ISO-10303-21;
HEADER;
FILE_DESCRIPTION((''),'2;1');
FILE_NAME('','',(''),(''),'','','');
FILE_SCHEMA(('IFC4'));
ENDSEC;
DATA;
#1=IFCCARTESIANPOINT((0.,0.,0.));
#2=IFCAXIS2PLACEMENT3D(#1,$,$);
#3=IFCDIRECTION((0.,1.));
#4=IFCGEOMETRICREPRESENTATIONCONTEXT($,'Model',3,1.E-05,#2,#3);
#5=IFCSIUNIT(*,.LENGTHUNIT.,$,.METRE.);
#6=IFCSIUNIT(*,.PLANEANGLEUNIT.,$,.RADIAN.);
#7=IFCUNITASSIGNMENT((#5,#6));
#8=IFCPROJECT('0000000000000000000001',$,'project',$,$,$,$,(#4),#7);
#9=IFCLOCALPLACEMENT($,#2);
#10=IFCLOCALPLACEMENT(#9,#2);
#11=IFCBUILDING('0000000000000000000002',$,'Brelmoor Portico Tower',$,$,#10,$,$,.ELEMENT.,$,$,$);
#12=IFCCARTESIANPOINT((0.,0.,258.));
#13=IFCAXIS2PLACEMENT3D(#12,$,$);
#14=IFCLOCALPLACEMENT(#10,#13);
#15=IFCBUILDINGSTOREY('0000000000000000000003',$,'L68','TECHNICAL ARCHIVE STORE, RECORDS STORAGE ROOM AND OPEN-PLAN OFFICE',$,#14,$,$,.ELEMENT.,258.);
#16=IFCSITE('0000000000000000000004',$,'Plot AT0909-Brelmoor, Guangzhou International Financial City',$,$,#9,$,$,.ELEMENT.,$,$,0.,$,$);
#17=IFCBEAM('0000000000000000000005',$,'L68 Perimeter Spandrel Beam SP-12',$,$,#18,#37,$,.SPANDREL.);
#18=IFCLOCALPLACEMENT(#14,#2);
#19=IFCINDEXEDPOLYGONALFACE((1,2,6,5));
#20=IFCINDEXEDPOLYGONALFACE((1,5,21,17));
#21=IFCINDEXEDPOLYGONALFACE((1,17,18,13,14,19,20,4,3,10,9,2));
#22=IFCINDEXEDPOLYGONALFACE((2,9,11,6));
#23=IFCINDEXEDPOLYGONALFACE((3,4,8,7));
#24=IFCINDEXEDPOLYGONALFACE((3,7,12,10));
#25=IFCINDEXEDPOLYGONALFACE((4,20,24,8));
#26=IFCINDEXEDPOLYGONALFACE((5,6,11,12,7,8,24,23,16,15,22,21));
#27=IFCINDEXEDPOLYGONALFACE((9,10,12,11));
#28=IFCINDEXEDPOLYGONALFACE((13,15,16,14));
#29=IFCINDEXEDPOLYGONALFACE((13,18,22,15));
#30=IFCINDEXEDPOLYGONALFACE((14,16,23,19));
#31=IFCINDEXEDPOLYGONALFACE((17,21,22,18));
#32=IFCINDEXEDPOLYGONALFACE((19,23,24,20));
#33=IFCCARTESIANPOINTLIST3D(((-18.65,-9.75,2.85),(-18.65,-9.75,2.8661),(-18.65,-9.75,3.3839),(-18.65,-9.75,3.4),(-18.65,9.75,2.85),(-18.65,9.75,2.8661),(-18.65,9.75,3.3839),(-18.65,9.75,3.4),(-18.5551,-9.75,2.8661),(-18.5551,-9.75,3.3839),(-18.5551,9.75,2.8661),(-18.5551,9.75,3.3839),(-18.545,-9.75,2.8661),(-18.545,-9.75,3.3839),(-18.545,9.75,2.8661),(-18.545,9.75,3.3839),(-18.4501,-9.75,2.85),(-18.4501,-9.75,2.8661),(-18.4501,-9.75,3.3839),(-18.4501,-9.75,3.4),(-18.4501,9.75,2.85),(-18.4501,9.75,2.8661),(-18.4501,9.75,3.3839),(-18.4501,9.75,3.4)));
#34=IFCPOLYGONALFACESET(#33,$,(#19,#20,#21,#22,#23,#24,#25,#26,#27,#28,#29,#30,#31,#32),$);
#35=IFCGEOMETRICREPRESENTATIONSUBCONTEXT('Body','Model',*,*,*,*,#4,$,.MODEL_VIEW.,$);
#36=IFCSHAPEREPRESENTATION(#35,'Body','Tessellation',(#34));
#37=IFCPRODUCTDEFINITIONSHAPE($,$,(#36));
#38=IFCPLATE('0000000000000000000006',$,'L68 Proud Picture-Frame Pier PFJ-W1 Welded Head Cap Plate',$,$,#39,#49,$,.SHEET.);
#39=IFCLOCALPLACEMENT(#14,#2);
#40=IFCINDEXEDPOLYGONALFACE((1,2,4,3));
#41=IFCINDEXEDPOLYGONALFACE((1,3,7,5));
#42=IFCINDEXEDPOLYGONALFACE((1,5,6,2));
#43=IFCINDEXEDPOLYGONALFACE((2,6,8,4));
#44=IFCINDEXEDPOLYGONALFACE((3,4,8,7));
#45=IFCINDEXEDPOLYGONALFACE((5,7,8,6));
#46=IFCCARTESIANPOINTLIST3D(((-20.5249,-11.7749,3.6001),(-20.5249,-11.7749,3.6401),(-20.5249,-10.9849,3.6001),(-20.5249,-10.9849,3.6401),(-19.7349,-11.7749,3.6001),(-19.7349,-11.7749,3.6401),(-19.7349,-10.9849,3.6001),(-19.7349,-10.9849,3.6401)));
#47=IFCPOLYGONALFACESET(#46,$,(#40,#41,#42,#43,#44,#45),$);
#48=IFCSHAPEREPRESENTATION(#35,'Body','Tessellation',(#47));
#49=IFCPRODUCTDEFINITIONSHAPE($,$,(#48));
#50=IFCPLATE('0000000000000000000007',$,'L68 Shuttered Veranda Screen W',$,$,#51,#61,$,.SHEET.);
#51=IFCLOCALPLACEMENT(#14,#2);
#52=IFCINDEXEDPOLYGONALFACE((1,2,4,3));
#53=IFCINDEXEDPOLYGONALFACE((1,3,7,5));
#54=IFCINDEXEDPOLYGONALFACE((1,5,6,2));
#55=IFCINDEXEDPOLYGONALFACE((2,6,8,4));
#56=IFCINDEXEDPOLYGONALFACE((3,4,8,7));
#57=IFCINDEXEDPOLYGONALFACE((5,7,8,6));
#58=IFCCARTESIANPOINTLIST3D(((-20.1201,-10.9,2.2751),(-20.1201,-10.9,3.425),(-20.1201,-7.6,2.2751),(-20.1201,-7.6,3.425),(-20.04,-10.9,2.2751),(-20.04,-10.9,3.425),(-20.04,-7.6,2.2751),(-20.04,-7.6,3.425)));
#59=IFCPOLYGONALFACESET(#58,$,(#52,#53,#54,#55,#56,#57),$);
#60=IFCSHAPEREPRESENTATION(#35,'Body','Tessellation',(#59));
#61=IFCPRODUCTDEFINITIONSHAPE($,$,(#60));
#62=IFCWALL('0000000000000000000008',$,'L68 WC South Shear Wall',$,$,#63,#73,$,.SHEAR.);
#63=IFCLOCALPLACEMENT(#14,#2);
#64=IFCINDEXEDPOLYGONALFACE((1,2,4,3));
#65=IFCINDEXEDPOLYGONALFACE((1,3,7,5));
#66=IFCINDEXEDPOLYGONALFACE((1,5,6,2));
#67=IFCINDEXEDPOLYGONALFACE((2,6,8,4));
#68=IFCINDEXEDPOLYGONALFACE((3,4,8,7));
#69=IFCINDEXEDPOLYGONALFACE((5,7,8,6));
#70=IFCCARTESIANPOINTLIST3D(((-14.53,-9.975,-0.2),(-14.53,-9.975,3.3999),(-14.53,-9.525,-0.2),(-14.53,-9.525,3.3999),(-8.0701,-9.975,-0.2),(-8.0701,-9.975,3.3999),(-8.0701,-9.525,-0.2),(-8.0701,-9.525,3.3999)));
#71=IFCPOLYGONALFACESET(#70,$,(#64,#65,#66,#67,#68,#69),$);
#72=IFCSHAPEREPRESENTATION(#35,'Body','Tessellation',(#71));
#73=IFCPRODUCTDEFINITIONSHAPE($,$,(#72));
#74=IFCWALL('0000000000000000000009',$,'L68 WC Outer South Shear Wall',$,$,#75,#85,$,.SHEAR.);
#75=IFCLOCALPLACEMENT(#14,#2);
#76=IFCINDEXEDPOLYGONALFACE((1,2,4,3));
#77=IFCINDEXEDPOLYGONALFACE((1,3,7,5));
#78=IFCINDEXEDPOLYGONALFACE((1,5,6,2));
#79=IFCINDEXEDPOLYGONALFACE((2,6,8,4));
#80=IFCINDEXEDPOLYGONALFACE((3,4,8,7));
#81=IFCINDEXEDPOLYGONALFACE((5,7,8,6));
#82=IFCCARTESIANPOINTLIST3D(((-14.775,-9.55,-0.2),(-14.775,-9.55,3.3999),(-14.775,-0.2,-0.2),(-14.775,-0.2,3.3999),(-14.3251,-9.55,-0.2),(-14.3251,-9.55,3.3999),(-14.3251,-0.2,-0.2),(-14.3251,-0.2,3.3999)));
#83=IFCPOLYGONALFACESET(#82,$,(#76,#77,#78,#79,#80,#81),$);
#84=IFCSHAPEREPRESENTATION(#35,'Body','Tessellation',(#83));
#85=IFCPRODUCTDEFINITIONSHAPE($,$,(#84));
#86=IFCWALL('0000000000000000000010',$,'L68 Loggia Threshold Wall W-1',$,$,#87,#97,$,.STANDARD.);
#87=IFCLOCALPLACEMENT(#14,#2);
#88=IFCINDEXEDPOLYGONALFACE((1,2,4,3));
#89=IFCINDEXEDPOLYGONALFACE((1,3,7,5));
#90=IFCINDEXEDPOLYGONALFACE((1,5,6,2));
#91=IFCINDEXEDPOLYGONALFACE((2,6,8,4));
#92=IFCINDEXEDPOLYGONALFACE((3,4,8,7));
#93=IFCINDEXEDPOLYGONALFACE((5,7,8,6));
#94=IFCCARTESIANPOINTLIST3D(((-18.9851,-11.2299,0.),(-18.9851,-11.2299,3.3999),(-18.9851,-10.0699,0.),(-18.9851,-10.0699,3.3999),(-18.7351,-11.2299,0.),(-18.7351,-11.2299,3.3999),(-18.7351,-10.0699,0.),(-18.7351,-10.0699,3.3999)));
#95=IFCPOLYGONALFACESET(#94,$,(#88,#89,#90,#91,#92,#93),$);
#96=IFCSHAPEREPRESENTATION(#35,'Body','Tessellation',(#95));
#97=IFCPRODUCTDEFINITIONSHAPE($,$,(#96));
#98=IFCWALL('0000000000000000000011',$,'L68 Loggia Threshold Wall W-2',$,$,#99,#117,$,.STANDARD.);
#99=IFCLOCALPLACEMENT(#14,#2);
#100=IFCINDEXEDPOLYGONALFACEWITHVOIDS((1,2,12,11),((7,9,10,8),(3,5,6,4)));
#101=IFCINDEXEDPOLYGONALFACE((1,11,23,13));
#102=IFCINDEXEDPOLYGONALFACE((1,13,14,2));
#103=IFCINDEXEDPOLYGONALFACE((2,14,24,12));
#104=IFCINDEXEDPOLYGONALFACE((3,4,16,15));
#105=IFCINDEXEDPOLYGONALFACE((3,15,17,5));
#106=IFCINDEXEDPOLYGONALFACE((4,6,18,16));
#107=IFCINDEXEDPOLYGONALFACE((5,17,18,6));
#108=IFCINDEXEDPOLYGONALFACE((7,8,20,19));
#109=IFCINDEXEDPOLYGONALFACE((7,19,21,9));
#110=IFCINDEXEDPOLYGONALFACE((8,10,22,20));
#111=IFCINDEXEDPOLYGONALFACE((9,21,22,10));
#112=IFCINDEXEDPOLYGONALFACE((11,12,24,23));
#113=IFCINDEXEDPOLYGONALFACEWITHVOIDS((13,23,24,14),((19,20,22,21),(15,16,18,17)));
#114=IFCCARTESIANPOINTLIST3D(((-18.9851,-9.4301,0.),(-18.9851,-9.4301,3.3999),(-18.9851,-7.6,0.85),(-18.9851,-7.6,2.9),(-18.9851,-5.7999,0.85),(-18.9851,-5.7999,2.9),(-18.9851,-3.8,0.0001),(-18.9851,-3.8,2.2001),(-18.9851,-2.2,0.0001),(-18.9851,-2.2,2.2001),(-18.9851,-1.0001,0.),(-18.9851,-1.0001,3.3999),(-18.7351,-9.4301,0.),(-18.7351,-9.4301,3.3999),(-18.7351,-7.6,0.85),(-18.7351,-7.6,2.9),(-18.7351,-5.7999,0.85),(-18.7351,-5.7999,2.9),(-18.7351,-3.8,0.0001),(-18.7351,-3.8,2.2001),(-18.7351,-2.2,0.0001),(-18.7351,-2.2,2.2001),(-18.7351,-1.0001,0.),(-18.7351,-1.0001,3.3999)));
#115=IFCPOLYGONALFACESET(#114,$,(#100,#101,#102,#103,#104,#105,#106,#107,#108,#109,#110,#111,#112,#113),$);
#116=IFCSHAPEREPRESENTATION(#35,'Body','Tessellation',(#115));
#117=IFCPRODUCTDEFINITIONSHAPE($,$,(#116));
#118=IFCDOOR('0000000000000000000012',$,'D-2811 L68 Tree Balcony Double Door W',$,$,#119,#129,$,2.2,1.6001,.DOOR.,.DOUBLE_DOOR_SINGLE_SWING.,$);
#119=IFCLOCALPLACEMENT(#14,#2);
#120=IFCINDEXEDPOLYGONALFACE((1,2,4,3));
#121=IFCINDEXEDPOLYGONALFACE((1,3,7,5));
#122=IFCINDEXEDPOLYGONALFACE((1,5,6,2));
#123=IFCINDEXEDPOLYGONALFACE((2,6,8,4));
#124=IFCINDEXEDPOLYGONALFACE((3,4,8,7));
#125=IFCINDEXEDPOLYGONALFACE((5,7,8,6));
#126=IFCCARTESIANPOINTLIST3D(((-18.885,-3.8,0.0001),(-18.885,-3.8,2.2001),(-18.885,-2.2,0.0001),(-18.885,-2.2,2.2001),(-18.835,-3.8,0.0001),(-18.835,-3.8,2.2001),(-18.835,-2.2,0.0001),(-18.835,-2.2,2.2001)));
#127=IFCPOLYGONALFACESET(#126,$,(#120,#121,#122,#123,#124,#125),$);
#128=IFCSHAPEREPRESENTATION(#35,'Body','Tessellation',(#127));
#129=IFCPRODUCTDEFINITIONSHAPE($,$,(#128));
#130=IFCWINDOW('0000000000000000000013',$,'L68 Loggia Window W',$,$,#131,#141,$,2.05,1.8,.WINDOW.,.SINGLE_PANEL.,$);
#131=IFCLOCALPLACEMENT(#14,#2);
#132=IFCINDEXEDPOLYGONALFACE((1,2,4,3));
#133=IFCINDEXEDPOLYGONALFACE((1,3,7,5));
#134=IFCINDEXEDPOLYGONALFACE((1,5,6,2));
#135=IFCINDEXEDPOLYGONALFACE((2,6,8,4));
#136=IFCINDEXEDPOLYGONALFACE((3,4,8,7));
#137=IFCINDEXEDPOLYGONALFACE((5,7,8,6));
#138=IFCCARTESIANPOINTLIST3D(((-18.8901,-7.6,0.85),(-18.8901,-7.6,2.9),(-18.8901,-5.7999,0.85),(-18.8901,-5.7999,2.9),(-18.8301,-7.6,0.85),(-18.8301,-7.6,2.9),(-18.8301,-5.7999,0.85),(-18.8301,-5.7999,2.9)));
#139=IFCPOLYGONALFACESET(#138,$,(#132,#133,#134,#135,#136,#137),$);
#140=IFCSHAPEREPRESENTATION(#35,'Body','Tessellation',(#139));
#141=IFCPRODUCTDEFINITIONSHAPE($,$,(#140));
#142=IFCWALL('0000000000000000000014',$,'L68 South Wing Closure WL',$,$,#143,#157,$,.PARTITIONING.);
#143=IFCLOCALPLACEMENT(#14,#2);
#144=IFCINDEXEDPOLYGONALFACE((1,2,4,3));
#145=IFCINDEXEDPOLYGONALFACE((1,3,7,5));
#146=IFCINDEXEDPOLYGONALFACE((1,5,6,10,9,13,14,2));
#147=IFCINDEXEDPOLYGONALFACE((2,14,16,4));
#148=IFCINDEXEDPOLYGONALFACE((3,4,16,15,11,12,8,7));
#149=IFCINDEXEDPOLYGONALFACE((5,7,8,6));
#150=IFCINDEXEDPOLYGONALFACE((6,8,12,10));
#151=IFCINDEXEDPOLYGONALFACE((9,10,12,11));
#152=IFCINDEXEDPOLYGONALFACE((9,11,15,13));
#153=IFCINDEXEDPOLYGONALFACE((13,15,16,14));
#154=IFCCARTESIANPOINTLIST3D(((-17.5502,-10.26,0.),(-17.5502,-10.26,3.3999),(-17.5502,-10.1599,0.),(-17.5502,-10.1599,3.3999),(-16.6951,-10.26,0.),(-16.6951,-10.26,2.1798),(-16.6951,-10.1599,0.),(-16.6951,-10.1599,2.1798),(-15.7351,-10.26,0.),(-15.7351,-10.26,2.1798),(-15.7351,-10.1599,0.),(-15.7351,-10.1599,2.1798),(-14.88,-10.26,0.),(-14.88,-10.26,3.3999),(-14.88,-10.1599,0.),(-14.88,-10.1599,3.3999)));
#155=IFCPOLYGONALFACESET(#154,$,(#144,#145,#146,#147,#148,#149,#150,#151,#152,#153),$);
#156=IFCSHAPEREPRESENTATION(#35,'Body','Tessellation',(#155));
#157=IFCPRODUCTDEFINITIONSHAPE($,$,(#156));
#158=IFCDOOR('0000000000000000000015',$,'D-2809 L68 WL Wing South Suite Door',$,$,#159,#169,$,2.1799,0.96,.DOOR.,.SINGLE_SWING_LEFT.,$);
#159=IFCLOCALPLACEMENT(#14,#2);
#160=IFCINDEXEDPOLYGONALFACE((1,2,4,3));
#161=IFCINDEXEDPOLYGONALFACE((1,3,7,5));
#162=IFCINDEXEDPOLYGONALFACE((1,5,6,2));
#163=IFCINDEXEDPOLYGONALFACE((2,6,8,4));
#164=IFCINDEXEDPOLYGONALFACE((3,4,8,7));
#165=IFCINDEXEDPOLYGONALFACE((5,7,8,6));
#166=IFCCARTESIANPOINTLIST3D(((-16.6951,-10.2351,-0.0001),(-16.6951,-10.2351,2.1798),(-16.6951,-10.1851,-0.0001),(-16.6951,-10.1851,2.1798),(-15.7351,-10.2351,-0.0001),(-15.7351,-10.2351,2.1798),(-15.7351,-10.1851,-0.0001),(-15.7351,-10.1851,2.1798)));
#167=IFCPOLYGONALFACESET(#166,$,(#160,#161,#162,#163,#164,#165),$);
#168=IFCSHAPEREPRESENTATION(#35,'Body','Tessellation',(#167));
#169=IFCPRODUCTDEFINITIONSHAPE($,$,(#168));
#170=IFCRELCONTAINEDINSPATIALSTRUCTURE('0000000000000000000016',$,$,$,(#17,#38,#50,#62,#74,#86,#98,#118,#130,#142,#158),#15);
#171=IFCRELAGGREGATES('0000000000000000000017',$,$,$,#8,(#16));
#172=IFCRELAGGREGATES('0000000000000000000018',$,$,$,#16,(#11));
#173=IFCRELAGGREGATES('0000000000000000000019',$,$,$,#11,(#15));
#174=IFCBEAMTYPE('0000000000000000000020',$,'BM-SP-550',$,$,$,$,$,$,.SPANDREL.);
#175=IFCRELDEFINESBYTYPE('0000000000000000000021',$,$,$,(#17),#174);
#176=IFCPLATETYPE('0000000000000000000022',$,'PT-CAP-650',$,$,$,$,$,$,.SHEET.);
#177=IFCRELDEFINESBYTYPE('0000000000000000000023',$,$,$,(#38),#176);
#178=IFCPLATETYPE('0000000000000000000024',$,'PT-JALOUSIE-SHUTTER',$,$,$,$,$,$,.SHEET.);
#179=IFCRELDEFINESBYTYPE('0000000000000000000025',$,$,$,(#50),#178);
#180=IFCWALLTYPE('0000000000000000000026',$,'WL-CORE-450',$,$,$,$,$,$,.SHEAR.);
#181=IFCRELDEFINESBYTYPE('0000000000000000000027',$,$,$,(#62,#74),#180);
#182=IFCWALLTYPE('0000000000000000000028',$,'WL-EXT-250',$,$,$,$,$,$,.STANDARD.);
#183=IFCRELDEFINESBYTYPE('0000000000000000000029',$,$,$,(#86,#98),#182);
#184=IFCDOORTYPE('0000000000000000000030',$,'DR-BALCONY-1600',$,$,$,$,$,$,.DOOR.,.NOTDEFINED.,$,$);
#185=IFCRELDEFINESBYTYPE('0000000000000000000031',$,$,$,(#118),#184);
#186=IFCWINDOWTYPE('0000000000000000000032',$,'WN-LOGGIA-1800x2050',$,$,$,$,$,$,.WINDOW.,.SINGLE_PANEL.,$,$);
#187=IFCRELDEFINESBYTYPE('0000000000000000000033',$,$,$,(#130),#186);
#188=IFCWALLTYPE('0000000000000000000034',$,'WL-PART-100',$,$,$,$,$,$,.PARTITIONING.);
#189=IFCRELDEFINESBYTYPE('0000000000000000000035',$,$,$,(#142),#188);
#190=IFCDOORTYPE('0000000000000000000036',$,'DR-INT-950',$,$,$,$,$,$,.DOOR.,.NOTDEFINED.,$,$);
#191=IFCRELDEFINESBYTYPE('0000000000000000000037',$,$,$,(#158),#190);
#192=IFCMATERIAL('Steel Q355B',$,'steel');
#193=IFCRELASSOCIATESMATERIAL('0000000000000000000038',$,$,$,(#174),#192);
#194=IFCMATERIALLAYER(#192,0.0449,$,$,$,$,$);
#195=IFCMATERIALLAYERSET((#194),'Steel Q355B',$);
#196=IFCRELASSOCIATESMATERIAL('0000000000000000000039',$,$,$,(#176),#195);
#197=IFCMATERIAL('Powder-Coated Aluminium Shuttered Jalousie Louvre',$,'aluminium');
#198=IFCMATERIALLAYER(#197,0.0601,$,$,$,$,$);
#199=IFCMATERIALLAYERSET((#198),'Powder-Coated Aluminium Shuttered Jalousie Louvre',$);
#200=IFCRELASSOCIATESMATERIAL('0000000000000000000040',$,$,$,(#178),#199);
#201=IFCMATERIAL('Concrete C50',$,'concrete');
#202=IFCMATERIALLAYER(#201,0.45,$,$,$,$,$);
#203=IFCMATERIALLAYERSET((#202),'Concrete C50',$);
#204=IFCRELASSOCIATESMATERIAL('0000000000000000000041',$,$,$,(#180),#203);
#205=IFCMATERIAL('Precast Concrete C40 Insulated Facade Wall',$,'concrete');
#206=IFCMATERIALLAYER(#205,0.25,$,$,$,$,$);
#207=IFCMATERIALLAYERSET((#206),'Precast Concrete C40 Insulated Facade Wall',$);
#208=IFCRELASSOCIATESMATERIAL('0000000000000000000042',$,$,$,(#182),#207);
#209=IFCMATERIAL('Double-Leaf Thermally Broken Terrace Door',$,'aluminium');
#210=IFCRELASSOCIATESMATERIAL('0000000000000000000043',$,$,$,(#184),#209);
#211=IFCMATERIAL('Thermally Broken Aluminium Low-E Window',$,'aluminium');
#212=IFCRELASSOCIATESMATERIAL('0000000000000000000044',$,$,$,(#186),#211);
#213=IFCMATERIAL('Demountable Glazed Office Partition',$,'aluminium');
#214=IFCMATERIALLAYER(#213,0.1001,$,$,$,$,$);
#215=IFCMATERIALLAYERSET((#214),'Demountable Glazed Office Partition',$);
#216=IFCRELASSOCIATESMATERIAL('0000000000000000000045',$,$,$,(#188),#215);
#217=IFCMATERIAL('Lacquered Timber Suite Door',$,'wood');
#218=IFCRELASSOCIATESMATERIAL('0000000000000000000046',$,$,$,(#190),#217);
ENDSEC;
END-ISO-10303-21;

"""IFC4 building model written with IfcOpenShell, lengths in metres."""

from ifc_helpers import new_model, si_unit, direction, frame, frame_2d, origin, origin_2d, place, context, subcontext, project, spatial, rectangle, i_section, extrude, material, layer, layer_set, material_profile, profile_set, type_object, element, fill, save


model = new_model("IFC4")

# Units and contexts
model_context = context("Model", 3, precision=1e-05, world=origin(), true_north=direction((0.0, 1.0)))
body_context = subcontext(model_context, "Body", "Model", "MODEL_VIEW")
ifc_project = project(units=[si_unit("LENGTHUNIT", "METRE"), si_unit("PLANEANGLEUNIT", "RADIAN")], contexts=[model_context])

# Site, building, storey
site_placement = place(None, origin())
site = spatial("IfcSite", under=ifc_project, at=site_placement, Name="Plot AT0909-Brelmoor, Guangzhou International Financial City", CompositionType="ELEMENT", RefElevation=0.0)
building_placement = place(site_placement, origin())
building = spatial("IfcBuilding", under=site, at=building_placement, Name="Brelmoor Portico Tower", CompositionType="ELEMENT")
storey_placement = place(building_placement, frame((0.0, 0.0, 258.0)))
storey = spatial("IfcBuildingStorey", under=building, at=storey_placement, Name="L68", Description="TECHNICAL ARCHIVE STORE, RECORDS STORAGE ROOM AND OPEN-PLAN OFFICE", CompositionType="ELEMENT", Elevation=258.0)

# Shared definitions
ifc_material_1 = material(Name="Steel Q355B", Category="steel")

# Beam
ifc_material_profile_1 = material_profile(ifc_material_1, i_section(OverallWidth=0.2, OverallDepth=0.55, WebThickness=0.01, FlangeThickness=0.0161, at=origin_2d()), Name="HN 550x200x10x16")
ifc_profile_set_1 = profile_set([ifc_material_profile_1], Name="Steel Q355B")
beam_type_1 = type_object("IfcBeamType", Name="BM-SP-550", PredefinedType="SPANDREL", material=ifc_profile_set_1)
beam_1_placement = place(storey_placement, frame((-18.55, -9.75, 3.125), z_axis=(0.0, 1.0, 0.0), x_axis=(-1.0, 0.0, 0.0)))
element("IfcBeam", 1, at=beam_1_placement, inside=storey, type_object=beam_type_1, Name="L68 Perimeter Spandrel Beam SP-12", PredefinedType="SPANDREL", context=body_context, shape_type="SweptSolid", body=[
    extrude(i_section(OverallWidth=0.2, OverallDepth=0.55, WebThickness=0.01, FlangeThickness=0.0161, at=origin_2d()), origin(), (0.0, 0.0, 1.0), 19.5),
])

# Plates
ifc_layer_1 = layer(ifc_material_1, 0.0449)
ifc_layer_set_1 = layer_set([ifc_layer_1], Name="Steel Q355B")
plate_type_1 = type_object("IfcPlateType", Name="PT-CAP-650", PredefinedType="SHEET", material=ifc_layer_set_1)
plate_1_placement = place(storey_placement, frame((-20.1299, -11.3799, 3.6001), z_axis=(0.0, 0.0, 1.0), x_axis=(0.0, 1.0, 0.0)))
element("IfcPlate", 2, at=plate_1_placement, inside=storey, type_object=plate_type_1, Name="L68 Proud Picture-Frame Pier PFJ-W1 Welded Head Cap Plate", PredefinedType="SHEET", context=body_context, shape_type="SweptSolid", body=[
    extrude(rectangle(XDim=0.79, YDim=0.79, at=origin_2d()), origin(), (0.0, 0.0, 1.0), 0.04),
])
ifc_material_2 = material(Name="Powder-Coated Aluminium Shuttered Jalousie Louvre", Category="aluminium")
ifc_layer_2 = layer(ifc_material_2, 0.0601)
ifc_layer_set_2 = layer_set([ifc_layer_2], Name="Powder-Coated Aluminium Shuttered Jalousie Louvre")
plate_type_2 = type_object("IfcPlateType", Name="PT-JALOUSIE-SHUTTER", PredefinedType="SHEET", material=ifc_layer_set_2)
plate_2_placement = place(storey_placement, frame((-20.0801, -9.25, 2.2751), z_axis=(0.0, 0.0, 1.0), x_axis=(0.0, 1.0, 0.0)))
element("IfcPlate", 3, at=plate_2_placement, inside=storey, type_object=plate_type_2, Name="L68 Shuttered Veranda Screen W", PredefinedType="SHEET", context=body_context, shape_type="SweptSolid", body=[
    extrude(rectangle(XDim=3.3, YDim=0.0801, at=origin_2d()), origin(), (0.0, 0.0, 1.0), 1.1499),
])

# Walls
ifc_material_3 = material(Name="Concrete C50", Category="concrete")
ifc_layer_3 = layer(ifc_material_3, 0.45)
ifc_layer_set_3 = layer_set([ifc_layer_3], Name="Concrete C50")
wall_type_1 = type_object("IfcWallType", Name="WL-CORE-450", PredefinedType="SHEAR", material=ifc_layer_set_3)
wall_1_placement = place(storey_placement, frame((-14.53, -9.75, -0.2), z_axis=(0.0, 0.0, 1.0), x_axis=(1.0, 0.0, 0.0)))
element("IfcWall", 4, at=wall_1_placement, inside=storey, type_object=wall_type_1, Name="L68 WC South Shear Wall", PredefinedType="SHEAR", context=body_context, shape_type="SweptSolid", body=[
    extrude(rectangle(XDim=6.46, YDim=0.45, at=frame_2d((3.23, 0.0))), origin(), (0.0, 0.0, 1.0), 3.5999),
])
wall_2_placement = place(storey_placement, frame((-14.55, -9.55, -0.2), z_axis=(0.0, 0.0, 1.0), x_axis=(0.0, 1.0, 0.0)))
element("IfcWall", 5, at=wall_2_placement, inside=storey, type_object=wall_type_1, Name="L68 WC Outer South Shear Wall", PredefinedType="SHEAR", context=body_context, shape_type="SweptSolid", body=[
    extrude(rectangle(XDim=9.3501, YDim=0.45, at=frame_2d((4.675, 0.0))), origin(), (0.0, 0.0, 1.0), 3.5999),
])
ifc_material_4 = material(Name="Precast Concrete C40 Insulated Facade Wall", Category="concrete")
ifc_layer_4 = layer(ifc_material_4, 0.25)
ifc_layer_set_4 = layer_set([ifc_layer_4], Name="Precast Concrete C40 Insulated Facade Wall")
wall_type_2 = type_object("IfcWallType", Name="WL-EXT-250", PredefinedType="STANDARD", material=ifc_layer_set_4)
wall_3_placement = place(storey_placement, frame((-18.8601, -11.23, 0.0), z_axis=(0.0, 0.0, 1.0), x_axis=(0.0, 1.0, 0.0)))
element("IfcWall", 6, at=wall_3_placement, inside=storey, type_object=wall_type_2, Name="L68 Loggia Threshold Wall W-1", PredefinedType="STANDARD", context=body_context, shape_type="SweptSolid", body=[
    extrude(rectangle(XDim=1.1599, YDim=0.25, at=frame_2d((0.5801, 0.0))), origin(), (0.0, 0.0, 1.0), 3.3999),
])

# Wall, openings, door, window
wall_4_placement = place(storey_placement, frame((-18.8601, -9.4299, 0.0), z_axis=(0.0, 0.0, 1.0), x_axis=(0.0, 1.0, 0.0)))
wall_4 = element("IfcWall", 7, at=wall_4_placement, inside=storey, type_object=wall_type_2, Name="L68 Loggia Threshold Wall W-2", PredefinedType="STANDARD", context=body_context, shape_type="SweptSolid", body=[
    extrude(rectangle(XDim=8.4299, YDim=0.25, at=frame_2d((4.2148, 0.0))), origin(), (0.0, 0.0, 1.0), 3.3999),
])
opening_1_placement = place(wall_4_placement, frame((5.6299, 0.0, 0.0)))
opening_1 = element("IfcOpeningElement", 8, at=opening_1_placement, cuts=wall_4, PredefinedType="OPENING", context=body_context, shape_type="SweptSolid", body=[
    extrude(rectangle(XDim=1.6001, YDim=2.2, at=frame_2d((0.8, 1.1001))), frame((0.0, 0.135, 0.0), z_axis=(0.0, -1.0, 0.0), x_axis=(1.0, 0.0, 0.0)), (0.0, 0.0, 1.0), 0.27),
])
opening_2_placement = place(wall_4_placement, frame((1.8301, 0.0, 0.8501)))
opening_2 = element("IfcOpeningElement", 9, at=opening_2_placement, cuts=wall_4, PredefinedType="OPENING", context=body_context, shape_type="SweptSolid", body=[
    extrude(rectangle(XDim=1.8, YDim=2.05, at=frame_2d((0.8999, 1.0249))), frame((0.0, 0.135, 0.0), z_axis=(0.0, -1.0, 0.0), x_axis=(1.0, 0.0, 0.0)), (0.0, 0.0, 1.0), 0.27),
])
ifc_material_5 = material(Name="Double-Leaf Thermally Broken Terrace Door", Category="aluminium")
door_type_1 = type_object("IfcDoorType", Name="DR-BALCONY-1600", OperationType="NOTDEFINED", PredefinedType="DOOR", material=ifc_material_5)
door_1_placement = place(opening_1_placement, origin())
door_1 = element("IfcDoor", 10, at=door_1_placement, inside=storey, type_object=door_type_1, Name="D-2811 L68 Tree Balcony Double Door W", OperationType="DOUBLE_DOOR_SINGLE_SWING", OverallHeight=2.2, OverallWidth=1.6001, PredefinedType="DOOR", context=body_context, shape_type="SweptSolid", body=[
    extrude(rectangle(XDim=1.6001, YDim=2.2, at=frame_2d((0.8, 1.1001))), frame((0.0, 0.0249, 0.0), z_axis=(0.0, -1.0, 0.0), x_axis=(1.0, 0.0, 0.0)), (0.0, 0.0, 1.0), 0.05),
])
fill(opening_1, door_1)
ifc_material_6 = material(Name="Thermally Broken Aluminium Low-E Window", Category="aluminium")
window_type = type_object("IfcWindowType", Name="WN-LOGGIA-1800x2050", PartitioningType="SINGLE_PANEL", PredefinedType="WINDOW", material=ifc_material_6)
window_placement = place(opening_2_placement, origin())
window = element("IfcWindow", 11, at=window_placement, inside=storey, type_object=window_type, Name="L68 Loggia Window W", OverallHeight=2.05, OverallWidth=1.8, PartitioningType="SINGLE_PANEL", PredefinedType="WINDOW", context=body_context, shape_type="SweptSolid", body=[
    extrude(rectangle(XDim=1.8, YDim=2.05, at=frame_2d((0.8999, 1.0249))), frame((0.0, 0.03, 0.0), z_axis=(0.0, -1.0, 0.0), x_axis=(1.0, 0.0, 0.0)), (0.0, 0.0, 1.0), 0.0601),
])
fill(opening_2, window)

# Wall, opening, door
ifc_material_7 = material(Name="Demountable Glazed Office Partition", Category="aluminium")
ifc_layer_5 = layer(ifc_material_7, 0.1001)
ifc_layer_set_5 = layer_set([ifc_layer_5], Name="Demountable Glazed Office Partition")
wall_type_3 = type_object("IfcWallType", Name="WL-PART-100", PredefinedType="PARTITIONING", material=ifc_layer_set_5)
wall_5_placement = place(storey_placement, frame((-17.55, -10.21, 0.0), z_axis=(0.0, 0.0, 1.0), x_axis=(1.0, 0.0, 0.0)))
wall_5 = element("IfcWall", 12, at=wall_5_placement, inside=storey, type_object=wall_type_3, Name="L68 South Wing Closure WL", PredefinedType="PARTITIONING", context=body_context, shape_type="SweptSolid", body=[
    extrude(rectangle(XDim=2.6702, YDim=0.1001, at=frame_2d((1.335, 0.0))), origin(), (0.0, 0.0, 1.0), 3.3999),
])
opening_3_placement = place(wall_5_placement, frame((0.855, 0.0, 0.0)))
opening_3 = element("IfcOpeningElement", 13, at=opening_3_placement, cuts=wall_5, PredefinedType="OPENING", context=body_context, shape_type="SweptSolid", body=[
    extrude(rectangle(XDim=0.96, YDim=2.1799, at=frame_2d((0.48, 1.0898))), frame((0.0, 0.0601, 0.0), z_axis=(0.0, -1.0, 0.0), x_axis=(1.0, 0.0, 0.0)), (0.0, 0.0, 1.0), 0.1201),
])
ifc_material_8 = material(Name="Lacquered Timber Suite Door", Category="wood")
door_type_2 = type_object("IfcDoorType", Name="DR-INT-950", OperationType="NOTDEFINED", PredefinedType="DOOR", material=ifc_material_8)
door_2_placement = place(opening_3_placement, origin())
door_2 = element("IfcDoor", 14, at=door_2_placement, inside=storey, type_object=door_type_2, Name="D-2809 L68 WL Wing South Suite Door", OperationType="SINGLE_SWING_LEFT", OverallHeight=2.1799, OverallWidth=0.96, PredefinedType="DOOR", context=body_context, shape_type="SweptSolid", body=[
    extrude(rectangle(XDim=0.96, YDim=2.1799, at=frame_2d((0.48, 1.0898))), frame((0.0, 0.0249, 0.0), z_axis=(0.0, -1.0, 0.0), x_axis=(1.0, 0.0, 0.0)), (0.0, 0.0, 1.0), 0.05),
])
fill(opening_3, door_2)

save(model, "model.ifc")
